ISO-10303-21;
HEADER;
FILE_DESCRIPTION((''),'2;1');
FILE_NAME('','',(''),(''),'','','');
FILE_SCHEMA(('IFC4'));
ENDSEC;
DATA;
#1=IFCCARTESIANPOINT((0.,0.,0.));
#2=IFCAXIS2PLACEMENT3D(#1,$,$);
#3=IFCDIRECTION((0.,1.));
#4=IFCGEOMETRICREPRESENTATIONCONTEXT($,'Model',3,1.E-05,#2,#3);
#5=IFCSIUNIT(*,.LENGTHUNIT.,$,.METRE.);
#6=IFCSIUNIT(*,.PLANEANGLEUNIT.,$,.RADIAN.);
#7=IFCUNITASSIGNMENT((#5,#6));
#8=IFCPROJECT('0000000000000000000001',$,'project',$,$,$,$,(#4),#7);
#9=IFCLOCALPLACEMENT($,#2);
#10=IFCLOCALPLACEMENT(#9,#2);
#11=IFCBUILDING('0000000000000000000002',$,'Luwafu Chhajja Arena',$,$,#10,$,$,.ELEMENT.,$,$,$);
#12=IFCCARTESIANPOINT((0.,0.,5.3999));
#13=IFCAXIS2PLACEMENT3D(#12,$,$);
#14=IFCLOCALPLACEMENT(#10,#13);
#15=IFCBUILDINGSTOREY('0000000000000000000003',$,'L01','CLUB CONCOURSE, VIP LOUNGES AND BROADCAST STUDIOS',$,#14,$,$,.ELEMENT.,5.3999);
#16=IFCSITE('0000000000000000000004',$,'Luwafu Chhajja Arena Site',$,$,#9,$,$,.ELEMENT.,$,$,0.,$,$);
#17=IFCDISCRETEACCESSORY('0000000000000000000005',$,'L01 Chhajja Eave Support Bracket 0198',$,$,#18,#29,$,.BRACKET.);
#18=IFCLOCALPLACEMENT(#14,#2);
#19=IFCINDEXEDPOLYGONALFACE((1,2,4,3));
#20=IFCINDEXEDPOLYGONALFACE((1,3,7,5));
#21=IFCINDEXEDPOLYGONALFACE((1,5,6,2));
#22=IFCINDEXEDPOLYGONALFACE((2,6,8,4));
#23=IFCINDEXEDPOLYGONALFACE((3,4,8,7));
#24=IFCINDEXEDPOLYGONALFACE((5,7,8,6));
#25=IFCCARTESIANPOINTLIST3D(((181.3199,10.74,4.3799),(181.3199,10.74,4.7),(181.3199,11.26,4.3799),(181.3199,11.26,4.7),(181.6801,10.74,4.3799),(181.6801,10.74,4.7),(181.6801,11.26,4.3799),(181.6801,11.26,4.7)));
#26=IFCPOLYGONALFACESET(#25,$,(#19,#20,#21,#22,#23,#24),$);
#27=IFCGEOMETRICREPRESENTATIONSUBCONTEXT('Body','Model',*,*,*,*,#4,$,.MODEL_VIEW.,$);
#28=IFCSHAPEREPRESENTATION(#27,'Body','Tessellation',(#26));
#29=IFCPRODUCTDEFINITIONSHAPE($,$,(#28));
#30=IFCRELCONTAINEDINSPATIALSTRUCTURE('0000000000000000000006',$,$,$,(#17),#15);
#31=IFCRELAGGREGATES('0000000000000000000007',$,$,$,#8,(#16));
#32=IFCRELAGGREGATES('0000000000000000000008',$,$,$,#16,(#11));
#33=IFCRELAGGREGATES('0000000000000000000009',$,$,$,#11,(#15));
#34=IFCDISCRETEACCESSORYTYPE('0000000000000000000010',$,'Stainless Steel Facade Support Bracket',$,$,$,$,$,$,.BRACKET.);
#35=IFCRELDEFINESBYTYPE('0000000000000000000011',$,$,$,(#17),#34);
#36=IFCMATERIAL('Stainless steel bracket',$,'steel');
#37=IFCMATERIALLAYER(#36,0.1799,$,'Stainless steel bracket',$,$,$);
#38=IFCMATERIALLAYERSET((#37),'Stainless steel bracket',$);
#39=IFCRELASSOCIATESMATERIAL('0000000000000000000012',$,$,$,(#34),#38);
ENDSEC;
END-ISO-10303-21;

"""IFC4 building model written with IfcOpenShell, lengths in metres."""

from ifc_helpers import new_model, si_unit, direction, frame, origin, origin_2d, place, context, subcontext, project, spatial, rectangle, extrude, material, layer, layer_set, type_object, element, save


model = new_model("IFC4")

# Units and contexts
model_context = context("Model", 3, precision=1e-05, world=origin(), true_north=direction((0.0, 1.0)))
body_context = subcontext(model_context, "Body", "Model", "MODEL_VIEW")
ifc_project = project(units=[si_unit("LENGTHUNIT", "METRE"), si_unit("PLANEANGLEUNIT", "RADIAN")], contexts=[model_context])

# Site, building, storey
site_placement = place(None, origin())
site = spatial("IfcSite", under=ifc_project, at=site_placement, Name="Luwafu Chhajja Arena Site", CompositionType="ELEMENT", RefElevation=0.0)
building_placement = place(site_placement, origin())
building = spatial("IfcBuilding", under=site, at=building_placement, Name="Luwafu Chhajja Arena", CompositionType="ELEMENT")
storey_placement = place(building_placement, frame((0.0, 0.0, 5.3999)))
storey = spatial("IfcBuildingStorey", under=building, at=storey_placement, Name="L01", Description="CLUB CONCOURSE, VIP LOUNGES AND BROADCAST STUDIOS", CompositionType="ELEMENT", Elevation=5.3999)

# Discrete accessory
ifc_material_1 = material(Name="Stainless steel bracket", Category="steel")
ifc_layer_1 = layer(ifc_material_1, 0.1799, Name="Stainless steel bracket")
ifc_layer_set_1 = layer_set([ifc_layer_1], Name="Stainless steel bracket")
discrete_accessory_type = type_object("IfcDiscreteAccessoryType", Name="Stainless Steel Facade Support Bracket", PredefinedType="BRACKET", material=ifc_layer_set_1)
discrete_accessory_placement = place(storey_placement, frame((181.5, 11.0, 4.3799), z_axis=(0.0, 0.0, 1.0), x_axis=(1.0, 0.0, 0.0)))
element("IfcDiscreteAccessory", 1, at=discrete_accessory_placement, inside=storey, type_object=discrete_accessory_type, Name="L01 Chhajja Eave Support Bracket 0198", PredefinedType="BRACKET", context=body_context, shape_type="SweptSolid", body=[
    extrude(rectangle(XDim=0.3601, YDim=0.52, at=origin_2d()), origin(), (0.0, 0.0, 1.0), 0.3201),
])

save(model, "model.ifc")
